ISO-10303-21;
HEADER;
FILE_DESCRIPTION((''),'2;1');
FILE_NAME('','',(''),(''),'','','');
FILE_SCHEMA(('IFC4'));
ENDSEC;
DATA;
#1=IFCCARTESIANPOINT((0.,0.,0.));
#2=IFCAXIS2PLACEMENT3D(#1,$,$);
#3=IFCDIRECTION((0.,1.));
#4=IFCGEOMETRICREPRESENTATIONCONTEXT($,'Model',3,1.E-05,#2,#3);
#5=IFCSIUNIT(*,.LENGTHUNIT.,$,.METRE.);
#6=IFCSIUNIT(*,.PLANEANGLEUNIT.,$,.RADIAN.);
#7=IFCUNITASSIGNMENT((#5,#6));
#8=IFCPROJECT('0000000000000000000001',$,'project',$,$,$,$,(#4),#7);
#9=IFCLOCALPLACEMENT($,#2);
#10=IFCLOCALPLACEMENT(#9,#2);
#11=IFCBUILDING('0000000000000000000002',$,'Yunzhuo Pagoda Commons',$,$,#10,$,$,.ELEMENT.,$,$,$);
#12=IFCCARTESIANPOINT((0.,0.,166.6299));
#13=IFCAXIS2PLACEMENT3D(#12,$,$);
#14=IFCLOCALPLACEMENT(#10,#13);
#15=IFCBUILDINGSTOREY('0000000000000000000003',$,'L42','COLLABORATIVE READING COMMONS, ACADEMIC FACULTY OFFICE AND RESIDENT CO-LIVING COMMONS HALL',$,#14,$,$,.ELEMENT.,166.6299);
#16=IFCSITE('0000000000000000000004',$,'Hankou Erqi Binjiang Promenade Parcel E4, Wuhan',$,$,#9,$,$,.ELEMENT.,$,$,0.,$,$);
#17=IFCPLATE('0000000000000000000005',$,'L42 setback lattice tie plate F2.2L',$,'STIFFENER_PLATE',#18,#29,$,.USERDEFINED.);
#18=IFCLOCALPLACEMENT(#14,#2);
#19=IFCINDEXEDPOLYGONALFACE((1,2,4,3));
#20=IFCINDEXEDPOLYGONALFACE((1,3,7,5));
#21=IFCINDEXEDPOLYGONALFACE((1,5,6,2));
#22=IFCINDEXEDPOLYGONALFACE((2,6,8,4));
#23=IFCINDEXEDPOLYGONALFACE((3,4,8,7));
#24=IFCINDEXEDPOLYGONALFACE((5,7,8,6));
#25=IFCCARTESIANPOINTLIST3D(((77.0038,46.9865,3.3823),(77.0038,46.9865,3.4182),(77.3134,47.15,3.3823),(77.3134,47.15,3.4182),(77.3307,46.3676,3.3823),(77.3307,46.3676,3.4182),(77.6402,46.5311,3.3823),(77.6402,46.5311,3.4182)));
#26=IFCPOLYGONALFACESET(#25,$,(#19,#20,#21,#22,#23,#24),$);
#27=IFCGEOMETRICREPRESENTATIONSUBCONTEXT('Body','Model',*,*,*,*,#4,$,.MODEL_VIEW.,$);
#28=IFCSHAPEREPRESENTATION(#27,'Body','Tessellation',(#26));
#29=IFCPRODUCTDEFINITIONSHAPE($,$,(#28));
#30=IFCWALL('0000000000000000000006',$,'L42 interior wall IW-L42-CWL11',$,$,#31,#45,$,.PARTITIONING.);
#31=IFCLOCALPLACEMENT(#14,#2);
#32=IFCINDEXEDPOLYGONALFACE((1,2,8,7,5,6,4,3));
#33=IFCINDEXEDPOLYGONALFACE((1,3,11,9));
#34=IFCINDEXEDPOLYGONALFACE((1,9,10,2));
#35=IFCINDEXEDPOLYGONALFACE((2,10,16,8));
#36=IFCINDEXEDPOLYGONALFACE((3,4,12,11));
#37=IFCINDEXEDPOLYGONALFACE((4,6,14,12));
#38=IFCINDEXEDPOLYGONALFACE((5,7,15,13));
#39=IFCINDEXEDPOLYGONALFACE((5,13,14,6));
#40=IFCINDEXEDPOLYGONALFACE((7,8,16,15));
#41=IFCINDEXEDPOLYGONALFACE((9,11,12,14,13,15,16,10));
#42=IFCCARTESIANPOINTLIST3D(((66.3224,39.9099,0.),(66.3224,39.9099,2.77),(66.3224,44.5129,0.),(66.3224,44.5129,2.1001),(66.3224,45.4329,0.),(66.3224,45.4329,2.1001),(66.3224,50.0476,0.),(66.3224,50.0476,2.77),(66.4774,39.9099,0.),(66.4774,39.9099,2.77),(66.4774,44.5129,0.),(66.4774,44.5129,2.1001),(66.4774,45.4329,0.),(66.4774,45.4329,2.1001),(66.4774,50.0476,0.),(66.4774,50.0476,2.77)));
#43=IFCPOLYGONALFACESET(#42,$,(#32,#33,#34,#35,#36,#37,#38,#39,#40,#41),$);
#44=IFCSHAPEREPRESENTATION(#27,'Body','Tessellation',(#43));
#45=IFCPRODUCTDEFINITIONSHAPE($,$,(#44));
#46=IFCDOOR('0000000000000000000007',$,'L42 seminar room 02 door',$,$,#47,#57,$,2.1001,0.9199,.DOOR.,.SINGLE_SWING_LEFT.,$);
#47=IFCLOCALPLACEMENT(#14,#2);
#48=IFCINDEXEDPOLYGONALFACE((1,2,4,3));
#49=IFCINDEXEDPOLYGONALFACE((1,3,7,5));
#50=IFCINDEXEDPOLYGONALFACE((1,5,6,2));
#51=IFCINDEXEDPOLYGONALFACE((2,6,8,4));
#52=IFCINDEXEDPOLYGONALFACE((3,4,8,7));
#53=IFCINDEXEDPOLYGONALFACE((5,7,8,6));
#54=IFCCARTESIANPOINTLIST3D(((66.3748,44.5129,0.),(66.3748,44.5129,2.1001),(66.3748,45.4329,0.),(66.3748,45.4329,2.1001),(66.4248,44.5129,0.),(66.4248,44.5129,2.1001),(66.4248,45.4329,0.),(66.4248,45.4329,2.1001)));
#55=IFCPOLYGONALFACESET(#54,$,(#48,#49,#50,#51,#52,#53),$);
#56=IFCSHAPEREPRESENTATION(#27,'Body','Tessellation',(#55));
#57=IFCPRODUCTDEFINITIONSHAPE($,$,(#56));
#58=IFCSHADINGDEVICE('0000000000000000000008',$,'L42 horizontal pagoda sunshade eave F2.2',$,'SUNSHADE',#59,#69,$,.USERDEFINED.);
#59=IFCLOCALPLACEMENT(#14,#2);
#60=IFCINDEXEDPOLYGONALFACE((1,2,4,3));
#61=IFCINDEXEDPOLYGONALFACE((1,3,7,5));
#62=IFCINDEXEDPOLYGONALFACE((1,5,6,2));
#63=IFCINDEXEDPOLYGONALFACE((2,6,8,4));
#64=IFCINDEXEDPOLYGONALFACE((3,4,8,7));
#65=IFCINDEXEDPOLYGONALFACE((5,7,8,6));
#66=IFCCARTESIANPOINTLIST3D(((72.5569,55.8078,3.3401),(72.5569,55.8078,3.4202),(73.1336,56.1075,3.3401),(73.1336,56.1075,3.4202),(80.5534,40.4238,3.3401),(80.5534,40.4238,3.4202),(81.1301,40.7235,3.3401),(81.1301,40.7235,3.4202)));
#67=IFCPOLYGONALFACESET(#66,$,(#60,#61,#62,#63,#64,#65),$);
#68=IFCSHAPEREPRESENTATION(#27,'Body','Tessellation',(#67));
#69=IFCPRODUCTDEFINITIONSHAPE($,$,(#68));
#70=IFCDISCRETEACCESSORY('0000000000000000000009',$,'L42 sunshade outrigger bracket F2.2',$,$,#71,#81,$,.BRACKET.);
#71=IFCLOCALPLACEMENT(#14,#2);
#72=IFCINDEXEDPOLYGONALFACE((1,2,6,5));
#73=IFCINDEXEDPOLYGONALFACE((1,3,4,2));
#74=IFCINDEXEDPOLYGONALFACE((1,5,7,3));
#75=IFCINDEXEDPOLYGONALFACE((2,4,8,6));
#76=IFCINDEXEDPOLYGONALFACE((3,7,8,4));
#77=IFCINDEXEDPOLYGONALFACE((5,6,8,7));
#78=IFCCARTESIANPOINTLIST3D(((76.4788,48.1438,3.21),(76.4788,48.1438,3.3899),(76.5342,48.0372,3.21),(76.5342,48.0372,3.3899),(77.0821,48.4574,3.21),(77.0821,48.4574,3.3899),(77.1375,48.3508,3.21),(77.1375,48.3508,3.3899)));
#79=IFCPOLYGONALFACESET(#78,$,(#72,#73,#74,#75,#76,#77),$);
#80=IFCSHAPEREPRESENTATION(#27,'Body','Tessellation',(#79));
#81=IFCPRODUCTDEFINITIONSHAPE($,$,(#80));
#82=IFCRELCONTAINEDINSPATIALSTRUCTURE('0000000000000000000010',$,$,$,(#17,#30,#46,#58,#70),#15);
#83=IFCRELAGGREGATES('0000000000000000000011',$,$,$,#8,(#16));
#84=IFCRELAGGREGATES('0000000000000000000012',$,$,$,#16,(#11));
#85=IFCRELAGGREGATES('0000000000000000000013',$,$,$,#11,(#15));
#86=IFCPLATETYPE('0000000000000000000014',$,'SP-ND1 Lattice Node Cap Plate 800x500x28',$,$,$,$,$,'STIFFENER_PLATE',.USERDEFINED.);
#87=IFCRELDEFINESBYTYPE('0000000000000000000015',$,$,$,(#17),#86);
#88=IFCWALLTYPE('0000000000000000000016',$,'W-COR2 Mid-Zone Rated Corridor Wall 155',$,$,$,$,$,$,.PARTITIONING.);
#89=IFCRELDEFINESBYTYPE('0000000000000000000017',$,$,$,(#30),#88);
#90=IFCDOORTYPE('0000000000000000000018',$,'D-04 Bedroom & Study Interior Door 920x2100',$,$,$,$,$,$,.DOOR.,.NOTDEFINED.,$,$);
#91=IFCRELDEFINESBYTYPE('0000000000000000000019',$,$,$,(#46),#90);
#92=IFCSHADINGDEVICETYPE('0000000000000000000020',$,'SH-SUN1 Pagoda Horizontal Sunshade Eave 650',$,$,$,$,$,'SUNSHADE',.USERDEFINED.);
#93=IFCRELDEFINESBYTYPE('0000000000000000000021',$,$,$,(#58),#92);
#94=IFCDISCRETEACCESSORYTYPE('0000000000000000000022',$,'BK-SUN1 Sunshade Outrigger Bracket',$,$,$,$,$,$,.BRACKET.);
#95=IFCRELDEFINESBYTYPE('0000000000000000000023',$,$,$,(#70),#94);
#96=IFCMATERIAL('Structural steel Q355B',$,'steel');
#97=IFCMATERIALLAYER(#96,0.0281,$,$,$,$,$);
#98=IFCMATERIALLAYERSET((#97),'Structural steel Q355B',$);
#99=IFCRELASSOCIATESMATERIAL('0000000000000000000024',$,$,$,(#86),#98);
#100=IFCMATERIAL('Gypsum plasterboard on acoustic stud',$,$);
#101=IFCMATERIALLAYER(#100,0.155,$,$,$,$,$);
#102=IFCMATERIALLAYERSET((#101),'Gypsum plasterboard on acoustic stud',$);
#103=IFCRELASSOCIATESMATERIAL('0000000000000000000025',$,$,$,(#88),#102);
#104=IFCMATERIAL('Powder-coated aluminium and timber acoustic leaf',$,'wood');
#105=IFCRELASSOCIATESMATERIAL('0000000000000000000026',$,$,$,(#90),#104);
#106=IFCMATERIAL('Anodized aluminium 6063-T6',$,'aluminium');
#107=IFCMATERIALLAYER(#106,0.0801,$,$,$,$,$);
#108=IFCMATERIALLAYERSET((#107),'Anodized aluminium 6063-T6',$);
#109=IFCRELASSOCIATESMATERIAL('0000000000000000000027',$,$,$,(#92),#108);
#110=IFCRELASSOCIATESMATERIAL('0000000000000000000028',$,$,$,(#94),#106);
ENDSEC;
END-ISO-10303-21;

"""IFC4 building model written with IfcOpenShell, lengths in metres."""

from ifc_helpers import new_model, si_unit, direction, frame, frame_2d, origin, origin_with_axes, origin_2d, place, context, subcontext, project, spatial, rectangle, extrude, source, transform, mapped, material, layer, layer_set, type_object, element, fill, save


model = new_model("IFC4")

# Units and contexts
model_context = context("Model", 3, precision=1e-05, world=origin(), true_north=direction((0.0, 1.0)))
body_context = subcontext(model_context, "Body", "Model", "MODEL_VIEW")
ifc_project = project(units=[si_unit("LENGTHUNIT", "METRE"), si_unit("PLANEANGLEUNIT", "RADIAN")], contexts=[model_context])

# Site, building, storey
site_placement = place(None, origin())
site = spatial("IfcSite", under=ifc_project, at=site_placement, Name="Hankou Erqi Binjiang Promenade Parcel E4, Wuhan", CompositionType="ELEMENT", RefElevation=0.0)
building_placement = place(site_placement, origin())
building = spatial("IfcBuilding", under=site, at=building_placement, Name="Yunzhuo Pagoda Commons", CompositionType="ELEMENT")
storey_placement = place(building_placement, frame((0.0, 0.0, 166.6299)))
storey = spatial("IfcBuildingStorey", under=building, at=storey_placement, Name="L42", Description="COLLABORATIVE READING COMMONS, ACADEMIC FACULTY OFFICE AND RESIDENT CO-LIVING COMMONS HALL", CompositionType="ELEMENT", Elevation=166.6299)

# Shared definitions
ifc_material_1 = material(Name="Structural steel Q355B", Category="steel")

# Shared definitions
ifc_material_2 = material(Name="Anodized aluminium 6063-T6", Category="aluminium")

# Plate
ifc_layer_1 = layer(ifc_material_1, 0.0281)
ifc_layer_set_1 = layer_set([ifc_layer_1], Name="Structural steel Q355B")
plate_type_1 = type_object("IfcPlateType", Name="SP-ND1 Lattice Node Cap Plate 800x500x28", ElementType="STIFFENER_PLATE", PredefinedType="USERDEFINED", material=ifc_layer_set_1)
shared_shape_1 = source(origin(), body_context, "Body", "SweptSolid", [
    extrude(rectangle(XDim=0.7, YDim=0.3501, at=origin_2d()), origin(), (0.0, 0.0, 1.0), 0.0359),
])
for number, where, z_axis, x_axis, name in (
    (1, (77.322, 46.7588, 3.3823), (0.0, 0.0, 1.0), (-0.466989, 0.884263, 0.0), "L42 setback lattice tie plate F2.2L"),
):
    element("IfcPlate", number, at=place(storey_placement, frame(where, z_axis=z_axis, x_axis=x_axis)), inside=storey, type_object=plate_type_1, Name=name, ObjectType="STIFFENER_PLATE", PredefinedType="USERDEFINED", context=body_context, shape_type="MappedRepresentation", body=[
        mapped(shared_shape_1, transform((0.0, 0.0, 0.0), scale=1.0)),
    ])

# Wall, opening, door
ifc_material_3 = material(Name="Gypsum plasterboard on acoustic stud")
ifc_layer_2 = layer(ifc_material_3, 0.155)
ifc_layer_set_2 = layer_set([ifc_layer_2], Name="Gypsum plasterboard on acoustic stud")
wall_type = type_object("IfcWallType", Name="W-COR2 Mid-Zone Rated Corridor Wall 155", PredefinedType="PARTITIONING", material=ifc_layer_set_2)
wall_placement = place(storey_placement, frame((66.3999, 50.0476, 0.0), z_axis=(0.0, 0.0, 1.0), x_axis=(0.0, -1.0, 0.0)))
wall = element("IfcWall", 2, at=wall_placement, inside=storey, type_object=wall_type, Name="L42 interior wall IW-L42-CWL11", PredefinedType="PARTITIONING", context=body_context, shape_type="SweptSolid", body=[
    extrude(rectangle(XDim=10.1377, YDim=0.155, at=frame_2d((5.0688, 0.0))), origin(), (0.0, 0.0, 1.0), 2.77),
])
opening_placement = place(wall_placement, frame((4.6147, 0.0, 0.0)))
opening = element("IfcOpeningElement", 3, at=opening_placement, cuts=wall, PredefinedType="OPENING", context=body_context, shape_type="SweptSolid", body=[
    extrude(rectangle(XDim=0.9199, YDim=2.1001, at=frame_2d((0.46, 1.05))), frame((0.0, 0.0874, 0.0), z_axis=(0.0, -1.0, 0.0), x_axis=(1.0, 0.0, 0.0)), (0.0, 0.0, 1.0), 0.175),
])
ifc_material_4 = material(Name="Powder-coated aluminium and timber acoustic leaf", Category="wood")
door_type = type_object("IfcDoorType", Name="D-04 Bedroom & Study Interior Door 920x2100", OperationType="NOTDEFINED", PredefinedType="DOOR", material=ifc_material_4)
shared_shape_2 = source(origin(), body_context, "Body", "SweptSolid", [
    extrude(rectangle(XDim=0.9199, YDim=2.1001, at=frame_2d((0.46, 1.05))), frame((0.0, 0.0249, 0.0), z_axis=(0.0, -1.0, 0.0), x_axis=(1.0, 0.0, 0.0)), (0.0, 0.0, 1.0), 0.05),
])
door_placement = place(opening_placement, origin_with_axes())
door = element("IfcDoor", 4, at=door_placement, inside=storey, type_object=door_type, Name="L42 seminar room 02 door", OperationType="SINGLE_SWING_LEFT", OverallHeight=2.1001, OverallWidth=0.9199, PredefinedType="DOOR", context=body_context, shape_type="MappedRepresentation", body=[
    mapped(shared_shape_2, transform((0.0, 0.0, 0.0), scale=1.0)),
])
fill(opening, door)

# Shading device
ifc_layer_3 = layer(ifc_material_2, 0.0801)
ifc_layer_set_3 = layer_set([ifc_layer_3], Name="Anodized aluminium 6063-T6")
shading_device_type = type_object("IfcShadingDeviceType", Name="SH-SUN1 Pagoda Horizontal Sunshade Eave 650", ElementType="SUNSHADE", PredefinedType="USERDEFINED", material=ifc_layer_set_3)
shared_shape_3 = source(origin(), body_context, "Body", "SweptSolid", [
    extrude(rectangle(XDim=17.3381, YDim=0.6499, at=origin_2d()), origin(), (0.0, 0.0, 1.0), 0.0801),
])
shading_device_placement = place(storey_placement, frame((76.8435, 48.2656, 3.3401), z_axis=(0.0, 0.0, 1.0), x_axis=(-0.461207, 0.887293, 0.0)))
element("IfcShadingDevice", 5, at=shading_device_placement, inside=storey, type_object=shading_device_type, Name="L42 horizontal pagoda sunshade eave F2.2", ObjectType="SUNSHADE", PredefinedType="USERDEFINED", context=body_context, shape_type="MappedRepresentation", body=[
    mapped(shared_shape_3, transform((0.0, 0.0, 0.0), scale=1.0)),
])

# Discrete accessory
discrete_accessory_type = type_object("IfcDiscreteAccessoryType", Name="BK-SUN1 Sunshade Outrigger Bracket", PredefinedType="BRACKET", material=ifc_material_2)
shared_shape_4 = source(origin(), body_context, "Body", "SweptSolid", [
    extrude(rectangle(XDim=0.1201, YDim=0.6799, at=origin_2d()), origin(), (0.0, 0.0, 1.0), 0.1799),
])
discrete_accessory_placement = place(storey_placement, frame((76.8081, 48.2473, 3.21), z_axis=(0.0, 0.0, 1.0), x_axis=(-0.461207, 0.887293, 0.0)))
element("IfcDiscreteAccessory", 6, at=discrete_accessory_placement, inside=storey, type_object=discrete_accessory_type, Name="L42 sunshade outrigger bracket F2.2", PredefinedType="BRACKET", context=body_context, shape_type="MappedRepresentation", body=[
    mapped(shared_shape_4, transform((0.0, 0.0, 0.0), scale=1.0)),
])

save(model, "model.ifc")
